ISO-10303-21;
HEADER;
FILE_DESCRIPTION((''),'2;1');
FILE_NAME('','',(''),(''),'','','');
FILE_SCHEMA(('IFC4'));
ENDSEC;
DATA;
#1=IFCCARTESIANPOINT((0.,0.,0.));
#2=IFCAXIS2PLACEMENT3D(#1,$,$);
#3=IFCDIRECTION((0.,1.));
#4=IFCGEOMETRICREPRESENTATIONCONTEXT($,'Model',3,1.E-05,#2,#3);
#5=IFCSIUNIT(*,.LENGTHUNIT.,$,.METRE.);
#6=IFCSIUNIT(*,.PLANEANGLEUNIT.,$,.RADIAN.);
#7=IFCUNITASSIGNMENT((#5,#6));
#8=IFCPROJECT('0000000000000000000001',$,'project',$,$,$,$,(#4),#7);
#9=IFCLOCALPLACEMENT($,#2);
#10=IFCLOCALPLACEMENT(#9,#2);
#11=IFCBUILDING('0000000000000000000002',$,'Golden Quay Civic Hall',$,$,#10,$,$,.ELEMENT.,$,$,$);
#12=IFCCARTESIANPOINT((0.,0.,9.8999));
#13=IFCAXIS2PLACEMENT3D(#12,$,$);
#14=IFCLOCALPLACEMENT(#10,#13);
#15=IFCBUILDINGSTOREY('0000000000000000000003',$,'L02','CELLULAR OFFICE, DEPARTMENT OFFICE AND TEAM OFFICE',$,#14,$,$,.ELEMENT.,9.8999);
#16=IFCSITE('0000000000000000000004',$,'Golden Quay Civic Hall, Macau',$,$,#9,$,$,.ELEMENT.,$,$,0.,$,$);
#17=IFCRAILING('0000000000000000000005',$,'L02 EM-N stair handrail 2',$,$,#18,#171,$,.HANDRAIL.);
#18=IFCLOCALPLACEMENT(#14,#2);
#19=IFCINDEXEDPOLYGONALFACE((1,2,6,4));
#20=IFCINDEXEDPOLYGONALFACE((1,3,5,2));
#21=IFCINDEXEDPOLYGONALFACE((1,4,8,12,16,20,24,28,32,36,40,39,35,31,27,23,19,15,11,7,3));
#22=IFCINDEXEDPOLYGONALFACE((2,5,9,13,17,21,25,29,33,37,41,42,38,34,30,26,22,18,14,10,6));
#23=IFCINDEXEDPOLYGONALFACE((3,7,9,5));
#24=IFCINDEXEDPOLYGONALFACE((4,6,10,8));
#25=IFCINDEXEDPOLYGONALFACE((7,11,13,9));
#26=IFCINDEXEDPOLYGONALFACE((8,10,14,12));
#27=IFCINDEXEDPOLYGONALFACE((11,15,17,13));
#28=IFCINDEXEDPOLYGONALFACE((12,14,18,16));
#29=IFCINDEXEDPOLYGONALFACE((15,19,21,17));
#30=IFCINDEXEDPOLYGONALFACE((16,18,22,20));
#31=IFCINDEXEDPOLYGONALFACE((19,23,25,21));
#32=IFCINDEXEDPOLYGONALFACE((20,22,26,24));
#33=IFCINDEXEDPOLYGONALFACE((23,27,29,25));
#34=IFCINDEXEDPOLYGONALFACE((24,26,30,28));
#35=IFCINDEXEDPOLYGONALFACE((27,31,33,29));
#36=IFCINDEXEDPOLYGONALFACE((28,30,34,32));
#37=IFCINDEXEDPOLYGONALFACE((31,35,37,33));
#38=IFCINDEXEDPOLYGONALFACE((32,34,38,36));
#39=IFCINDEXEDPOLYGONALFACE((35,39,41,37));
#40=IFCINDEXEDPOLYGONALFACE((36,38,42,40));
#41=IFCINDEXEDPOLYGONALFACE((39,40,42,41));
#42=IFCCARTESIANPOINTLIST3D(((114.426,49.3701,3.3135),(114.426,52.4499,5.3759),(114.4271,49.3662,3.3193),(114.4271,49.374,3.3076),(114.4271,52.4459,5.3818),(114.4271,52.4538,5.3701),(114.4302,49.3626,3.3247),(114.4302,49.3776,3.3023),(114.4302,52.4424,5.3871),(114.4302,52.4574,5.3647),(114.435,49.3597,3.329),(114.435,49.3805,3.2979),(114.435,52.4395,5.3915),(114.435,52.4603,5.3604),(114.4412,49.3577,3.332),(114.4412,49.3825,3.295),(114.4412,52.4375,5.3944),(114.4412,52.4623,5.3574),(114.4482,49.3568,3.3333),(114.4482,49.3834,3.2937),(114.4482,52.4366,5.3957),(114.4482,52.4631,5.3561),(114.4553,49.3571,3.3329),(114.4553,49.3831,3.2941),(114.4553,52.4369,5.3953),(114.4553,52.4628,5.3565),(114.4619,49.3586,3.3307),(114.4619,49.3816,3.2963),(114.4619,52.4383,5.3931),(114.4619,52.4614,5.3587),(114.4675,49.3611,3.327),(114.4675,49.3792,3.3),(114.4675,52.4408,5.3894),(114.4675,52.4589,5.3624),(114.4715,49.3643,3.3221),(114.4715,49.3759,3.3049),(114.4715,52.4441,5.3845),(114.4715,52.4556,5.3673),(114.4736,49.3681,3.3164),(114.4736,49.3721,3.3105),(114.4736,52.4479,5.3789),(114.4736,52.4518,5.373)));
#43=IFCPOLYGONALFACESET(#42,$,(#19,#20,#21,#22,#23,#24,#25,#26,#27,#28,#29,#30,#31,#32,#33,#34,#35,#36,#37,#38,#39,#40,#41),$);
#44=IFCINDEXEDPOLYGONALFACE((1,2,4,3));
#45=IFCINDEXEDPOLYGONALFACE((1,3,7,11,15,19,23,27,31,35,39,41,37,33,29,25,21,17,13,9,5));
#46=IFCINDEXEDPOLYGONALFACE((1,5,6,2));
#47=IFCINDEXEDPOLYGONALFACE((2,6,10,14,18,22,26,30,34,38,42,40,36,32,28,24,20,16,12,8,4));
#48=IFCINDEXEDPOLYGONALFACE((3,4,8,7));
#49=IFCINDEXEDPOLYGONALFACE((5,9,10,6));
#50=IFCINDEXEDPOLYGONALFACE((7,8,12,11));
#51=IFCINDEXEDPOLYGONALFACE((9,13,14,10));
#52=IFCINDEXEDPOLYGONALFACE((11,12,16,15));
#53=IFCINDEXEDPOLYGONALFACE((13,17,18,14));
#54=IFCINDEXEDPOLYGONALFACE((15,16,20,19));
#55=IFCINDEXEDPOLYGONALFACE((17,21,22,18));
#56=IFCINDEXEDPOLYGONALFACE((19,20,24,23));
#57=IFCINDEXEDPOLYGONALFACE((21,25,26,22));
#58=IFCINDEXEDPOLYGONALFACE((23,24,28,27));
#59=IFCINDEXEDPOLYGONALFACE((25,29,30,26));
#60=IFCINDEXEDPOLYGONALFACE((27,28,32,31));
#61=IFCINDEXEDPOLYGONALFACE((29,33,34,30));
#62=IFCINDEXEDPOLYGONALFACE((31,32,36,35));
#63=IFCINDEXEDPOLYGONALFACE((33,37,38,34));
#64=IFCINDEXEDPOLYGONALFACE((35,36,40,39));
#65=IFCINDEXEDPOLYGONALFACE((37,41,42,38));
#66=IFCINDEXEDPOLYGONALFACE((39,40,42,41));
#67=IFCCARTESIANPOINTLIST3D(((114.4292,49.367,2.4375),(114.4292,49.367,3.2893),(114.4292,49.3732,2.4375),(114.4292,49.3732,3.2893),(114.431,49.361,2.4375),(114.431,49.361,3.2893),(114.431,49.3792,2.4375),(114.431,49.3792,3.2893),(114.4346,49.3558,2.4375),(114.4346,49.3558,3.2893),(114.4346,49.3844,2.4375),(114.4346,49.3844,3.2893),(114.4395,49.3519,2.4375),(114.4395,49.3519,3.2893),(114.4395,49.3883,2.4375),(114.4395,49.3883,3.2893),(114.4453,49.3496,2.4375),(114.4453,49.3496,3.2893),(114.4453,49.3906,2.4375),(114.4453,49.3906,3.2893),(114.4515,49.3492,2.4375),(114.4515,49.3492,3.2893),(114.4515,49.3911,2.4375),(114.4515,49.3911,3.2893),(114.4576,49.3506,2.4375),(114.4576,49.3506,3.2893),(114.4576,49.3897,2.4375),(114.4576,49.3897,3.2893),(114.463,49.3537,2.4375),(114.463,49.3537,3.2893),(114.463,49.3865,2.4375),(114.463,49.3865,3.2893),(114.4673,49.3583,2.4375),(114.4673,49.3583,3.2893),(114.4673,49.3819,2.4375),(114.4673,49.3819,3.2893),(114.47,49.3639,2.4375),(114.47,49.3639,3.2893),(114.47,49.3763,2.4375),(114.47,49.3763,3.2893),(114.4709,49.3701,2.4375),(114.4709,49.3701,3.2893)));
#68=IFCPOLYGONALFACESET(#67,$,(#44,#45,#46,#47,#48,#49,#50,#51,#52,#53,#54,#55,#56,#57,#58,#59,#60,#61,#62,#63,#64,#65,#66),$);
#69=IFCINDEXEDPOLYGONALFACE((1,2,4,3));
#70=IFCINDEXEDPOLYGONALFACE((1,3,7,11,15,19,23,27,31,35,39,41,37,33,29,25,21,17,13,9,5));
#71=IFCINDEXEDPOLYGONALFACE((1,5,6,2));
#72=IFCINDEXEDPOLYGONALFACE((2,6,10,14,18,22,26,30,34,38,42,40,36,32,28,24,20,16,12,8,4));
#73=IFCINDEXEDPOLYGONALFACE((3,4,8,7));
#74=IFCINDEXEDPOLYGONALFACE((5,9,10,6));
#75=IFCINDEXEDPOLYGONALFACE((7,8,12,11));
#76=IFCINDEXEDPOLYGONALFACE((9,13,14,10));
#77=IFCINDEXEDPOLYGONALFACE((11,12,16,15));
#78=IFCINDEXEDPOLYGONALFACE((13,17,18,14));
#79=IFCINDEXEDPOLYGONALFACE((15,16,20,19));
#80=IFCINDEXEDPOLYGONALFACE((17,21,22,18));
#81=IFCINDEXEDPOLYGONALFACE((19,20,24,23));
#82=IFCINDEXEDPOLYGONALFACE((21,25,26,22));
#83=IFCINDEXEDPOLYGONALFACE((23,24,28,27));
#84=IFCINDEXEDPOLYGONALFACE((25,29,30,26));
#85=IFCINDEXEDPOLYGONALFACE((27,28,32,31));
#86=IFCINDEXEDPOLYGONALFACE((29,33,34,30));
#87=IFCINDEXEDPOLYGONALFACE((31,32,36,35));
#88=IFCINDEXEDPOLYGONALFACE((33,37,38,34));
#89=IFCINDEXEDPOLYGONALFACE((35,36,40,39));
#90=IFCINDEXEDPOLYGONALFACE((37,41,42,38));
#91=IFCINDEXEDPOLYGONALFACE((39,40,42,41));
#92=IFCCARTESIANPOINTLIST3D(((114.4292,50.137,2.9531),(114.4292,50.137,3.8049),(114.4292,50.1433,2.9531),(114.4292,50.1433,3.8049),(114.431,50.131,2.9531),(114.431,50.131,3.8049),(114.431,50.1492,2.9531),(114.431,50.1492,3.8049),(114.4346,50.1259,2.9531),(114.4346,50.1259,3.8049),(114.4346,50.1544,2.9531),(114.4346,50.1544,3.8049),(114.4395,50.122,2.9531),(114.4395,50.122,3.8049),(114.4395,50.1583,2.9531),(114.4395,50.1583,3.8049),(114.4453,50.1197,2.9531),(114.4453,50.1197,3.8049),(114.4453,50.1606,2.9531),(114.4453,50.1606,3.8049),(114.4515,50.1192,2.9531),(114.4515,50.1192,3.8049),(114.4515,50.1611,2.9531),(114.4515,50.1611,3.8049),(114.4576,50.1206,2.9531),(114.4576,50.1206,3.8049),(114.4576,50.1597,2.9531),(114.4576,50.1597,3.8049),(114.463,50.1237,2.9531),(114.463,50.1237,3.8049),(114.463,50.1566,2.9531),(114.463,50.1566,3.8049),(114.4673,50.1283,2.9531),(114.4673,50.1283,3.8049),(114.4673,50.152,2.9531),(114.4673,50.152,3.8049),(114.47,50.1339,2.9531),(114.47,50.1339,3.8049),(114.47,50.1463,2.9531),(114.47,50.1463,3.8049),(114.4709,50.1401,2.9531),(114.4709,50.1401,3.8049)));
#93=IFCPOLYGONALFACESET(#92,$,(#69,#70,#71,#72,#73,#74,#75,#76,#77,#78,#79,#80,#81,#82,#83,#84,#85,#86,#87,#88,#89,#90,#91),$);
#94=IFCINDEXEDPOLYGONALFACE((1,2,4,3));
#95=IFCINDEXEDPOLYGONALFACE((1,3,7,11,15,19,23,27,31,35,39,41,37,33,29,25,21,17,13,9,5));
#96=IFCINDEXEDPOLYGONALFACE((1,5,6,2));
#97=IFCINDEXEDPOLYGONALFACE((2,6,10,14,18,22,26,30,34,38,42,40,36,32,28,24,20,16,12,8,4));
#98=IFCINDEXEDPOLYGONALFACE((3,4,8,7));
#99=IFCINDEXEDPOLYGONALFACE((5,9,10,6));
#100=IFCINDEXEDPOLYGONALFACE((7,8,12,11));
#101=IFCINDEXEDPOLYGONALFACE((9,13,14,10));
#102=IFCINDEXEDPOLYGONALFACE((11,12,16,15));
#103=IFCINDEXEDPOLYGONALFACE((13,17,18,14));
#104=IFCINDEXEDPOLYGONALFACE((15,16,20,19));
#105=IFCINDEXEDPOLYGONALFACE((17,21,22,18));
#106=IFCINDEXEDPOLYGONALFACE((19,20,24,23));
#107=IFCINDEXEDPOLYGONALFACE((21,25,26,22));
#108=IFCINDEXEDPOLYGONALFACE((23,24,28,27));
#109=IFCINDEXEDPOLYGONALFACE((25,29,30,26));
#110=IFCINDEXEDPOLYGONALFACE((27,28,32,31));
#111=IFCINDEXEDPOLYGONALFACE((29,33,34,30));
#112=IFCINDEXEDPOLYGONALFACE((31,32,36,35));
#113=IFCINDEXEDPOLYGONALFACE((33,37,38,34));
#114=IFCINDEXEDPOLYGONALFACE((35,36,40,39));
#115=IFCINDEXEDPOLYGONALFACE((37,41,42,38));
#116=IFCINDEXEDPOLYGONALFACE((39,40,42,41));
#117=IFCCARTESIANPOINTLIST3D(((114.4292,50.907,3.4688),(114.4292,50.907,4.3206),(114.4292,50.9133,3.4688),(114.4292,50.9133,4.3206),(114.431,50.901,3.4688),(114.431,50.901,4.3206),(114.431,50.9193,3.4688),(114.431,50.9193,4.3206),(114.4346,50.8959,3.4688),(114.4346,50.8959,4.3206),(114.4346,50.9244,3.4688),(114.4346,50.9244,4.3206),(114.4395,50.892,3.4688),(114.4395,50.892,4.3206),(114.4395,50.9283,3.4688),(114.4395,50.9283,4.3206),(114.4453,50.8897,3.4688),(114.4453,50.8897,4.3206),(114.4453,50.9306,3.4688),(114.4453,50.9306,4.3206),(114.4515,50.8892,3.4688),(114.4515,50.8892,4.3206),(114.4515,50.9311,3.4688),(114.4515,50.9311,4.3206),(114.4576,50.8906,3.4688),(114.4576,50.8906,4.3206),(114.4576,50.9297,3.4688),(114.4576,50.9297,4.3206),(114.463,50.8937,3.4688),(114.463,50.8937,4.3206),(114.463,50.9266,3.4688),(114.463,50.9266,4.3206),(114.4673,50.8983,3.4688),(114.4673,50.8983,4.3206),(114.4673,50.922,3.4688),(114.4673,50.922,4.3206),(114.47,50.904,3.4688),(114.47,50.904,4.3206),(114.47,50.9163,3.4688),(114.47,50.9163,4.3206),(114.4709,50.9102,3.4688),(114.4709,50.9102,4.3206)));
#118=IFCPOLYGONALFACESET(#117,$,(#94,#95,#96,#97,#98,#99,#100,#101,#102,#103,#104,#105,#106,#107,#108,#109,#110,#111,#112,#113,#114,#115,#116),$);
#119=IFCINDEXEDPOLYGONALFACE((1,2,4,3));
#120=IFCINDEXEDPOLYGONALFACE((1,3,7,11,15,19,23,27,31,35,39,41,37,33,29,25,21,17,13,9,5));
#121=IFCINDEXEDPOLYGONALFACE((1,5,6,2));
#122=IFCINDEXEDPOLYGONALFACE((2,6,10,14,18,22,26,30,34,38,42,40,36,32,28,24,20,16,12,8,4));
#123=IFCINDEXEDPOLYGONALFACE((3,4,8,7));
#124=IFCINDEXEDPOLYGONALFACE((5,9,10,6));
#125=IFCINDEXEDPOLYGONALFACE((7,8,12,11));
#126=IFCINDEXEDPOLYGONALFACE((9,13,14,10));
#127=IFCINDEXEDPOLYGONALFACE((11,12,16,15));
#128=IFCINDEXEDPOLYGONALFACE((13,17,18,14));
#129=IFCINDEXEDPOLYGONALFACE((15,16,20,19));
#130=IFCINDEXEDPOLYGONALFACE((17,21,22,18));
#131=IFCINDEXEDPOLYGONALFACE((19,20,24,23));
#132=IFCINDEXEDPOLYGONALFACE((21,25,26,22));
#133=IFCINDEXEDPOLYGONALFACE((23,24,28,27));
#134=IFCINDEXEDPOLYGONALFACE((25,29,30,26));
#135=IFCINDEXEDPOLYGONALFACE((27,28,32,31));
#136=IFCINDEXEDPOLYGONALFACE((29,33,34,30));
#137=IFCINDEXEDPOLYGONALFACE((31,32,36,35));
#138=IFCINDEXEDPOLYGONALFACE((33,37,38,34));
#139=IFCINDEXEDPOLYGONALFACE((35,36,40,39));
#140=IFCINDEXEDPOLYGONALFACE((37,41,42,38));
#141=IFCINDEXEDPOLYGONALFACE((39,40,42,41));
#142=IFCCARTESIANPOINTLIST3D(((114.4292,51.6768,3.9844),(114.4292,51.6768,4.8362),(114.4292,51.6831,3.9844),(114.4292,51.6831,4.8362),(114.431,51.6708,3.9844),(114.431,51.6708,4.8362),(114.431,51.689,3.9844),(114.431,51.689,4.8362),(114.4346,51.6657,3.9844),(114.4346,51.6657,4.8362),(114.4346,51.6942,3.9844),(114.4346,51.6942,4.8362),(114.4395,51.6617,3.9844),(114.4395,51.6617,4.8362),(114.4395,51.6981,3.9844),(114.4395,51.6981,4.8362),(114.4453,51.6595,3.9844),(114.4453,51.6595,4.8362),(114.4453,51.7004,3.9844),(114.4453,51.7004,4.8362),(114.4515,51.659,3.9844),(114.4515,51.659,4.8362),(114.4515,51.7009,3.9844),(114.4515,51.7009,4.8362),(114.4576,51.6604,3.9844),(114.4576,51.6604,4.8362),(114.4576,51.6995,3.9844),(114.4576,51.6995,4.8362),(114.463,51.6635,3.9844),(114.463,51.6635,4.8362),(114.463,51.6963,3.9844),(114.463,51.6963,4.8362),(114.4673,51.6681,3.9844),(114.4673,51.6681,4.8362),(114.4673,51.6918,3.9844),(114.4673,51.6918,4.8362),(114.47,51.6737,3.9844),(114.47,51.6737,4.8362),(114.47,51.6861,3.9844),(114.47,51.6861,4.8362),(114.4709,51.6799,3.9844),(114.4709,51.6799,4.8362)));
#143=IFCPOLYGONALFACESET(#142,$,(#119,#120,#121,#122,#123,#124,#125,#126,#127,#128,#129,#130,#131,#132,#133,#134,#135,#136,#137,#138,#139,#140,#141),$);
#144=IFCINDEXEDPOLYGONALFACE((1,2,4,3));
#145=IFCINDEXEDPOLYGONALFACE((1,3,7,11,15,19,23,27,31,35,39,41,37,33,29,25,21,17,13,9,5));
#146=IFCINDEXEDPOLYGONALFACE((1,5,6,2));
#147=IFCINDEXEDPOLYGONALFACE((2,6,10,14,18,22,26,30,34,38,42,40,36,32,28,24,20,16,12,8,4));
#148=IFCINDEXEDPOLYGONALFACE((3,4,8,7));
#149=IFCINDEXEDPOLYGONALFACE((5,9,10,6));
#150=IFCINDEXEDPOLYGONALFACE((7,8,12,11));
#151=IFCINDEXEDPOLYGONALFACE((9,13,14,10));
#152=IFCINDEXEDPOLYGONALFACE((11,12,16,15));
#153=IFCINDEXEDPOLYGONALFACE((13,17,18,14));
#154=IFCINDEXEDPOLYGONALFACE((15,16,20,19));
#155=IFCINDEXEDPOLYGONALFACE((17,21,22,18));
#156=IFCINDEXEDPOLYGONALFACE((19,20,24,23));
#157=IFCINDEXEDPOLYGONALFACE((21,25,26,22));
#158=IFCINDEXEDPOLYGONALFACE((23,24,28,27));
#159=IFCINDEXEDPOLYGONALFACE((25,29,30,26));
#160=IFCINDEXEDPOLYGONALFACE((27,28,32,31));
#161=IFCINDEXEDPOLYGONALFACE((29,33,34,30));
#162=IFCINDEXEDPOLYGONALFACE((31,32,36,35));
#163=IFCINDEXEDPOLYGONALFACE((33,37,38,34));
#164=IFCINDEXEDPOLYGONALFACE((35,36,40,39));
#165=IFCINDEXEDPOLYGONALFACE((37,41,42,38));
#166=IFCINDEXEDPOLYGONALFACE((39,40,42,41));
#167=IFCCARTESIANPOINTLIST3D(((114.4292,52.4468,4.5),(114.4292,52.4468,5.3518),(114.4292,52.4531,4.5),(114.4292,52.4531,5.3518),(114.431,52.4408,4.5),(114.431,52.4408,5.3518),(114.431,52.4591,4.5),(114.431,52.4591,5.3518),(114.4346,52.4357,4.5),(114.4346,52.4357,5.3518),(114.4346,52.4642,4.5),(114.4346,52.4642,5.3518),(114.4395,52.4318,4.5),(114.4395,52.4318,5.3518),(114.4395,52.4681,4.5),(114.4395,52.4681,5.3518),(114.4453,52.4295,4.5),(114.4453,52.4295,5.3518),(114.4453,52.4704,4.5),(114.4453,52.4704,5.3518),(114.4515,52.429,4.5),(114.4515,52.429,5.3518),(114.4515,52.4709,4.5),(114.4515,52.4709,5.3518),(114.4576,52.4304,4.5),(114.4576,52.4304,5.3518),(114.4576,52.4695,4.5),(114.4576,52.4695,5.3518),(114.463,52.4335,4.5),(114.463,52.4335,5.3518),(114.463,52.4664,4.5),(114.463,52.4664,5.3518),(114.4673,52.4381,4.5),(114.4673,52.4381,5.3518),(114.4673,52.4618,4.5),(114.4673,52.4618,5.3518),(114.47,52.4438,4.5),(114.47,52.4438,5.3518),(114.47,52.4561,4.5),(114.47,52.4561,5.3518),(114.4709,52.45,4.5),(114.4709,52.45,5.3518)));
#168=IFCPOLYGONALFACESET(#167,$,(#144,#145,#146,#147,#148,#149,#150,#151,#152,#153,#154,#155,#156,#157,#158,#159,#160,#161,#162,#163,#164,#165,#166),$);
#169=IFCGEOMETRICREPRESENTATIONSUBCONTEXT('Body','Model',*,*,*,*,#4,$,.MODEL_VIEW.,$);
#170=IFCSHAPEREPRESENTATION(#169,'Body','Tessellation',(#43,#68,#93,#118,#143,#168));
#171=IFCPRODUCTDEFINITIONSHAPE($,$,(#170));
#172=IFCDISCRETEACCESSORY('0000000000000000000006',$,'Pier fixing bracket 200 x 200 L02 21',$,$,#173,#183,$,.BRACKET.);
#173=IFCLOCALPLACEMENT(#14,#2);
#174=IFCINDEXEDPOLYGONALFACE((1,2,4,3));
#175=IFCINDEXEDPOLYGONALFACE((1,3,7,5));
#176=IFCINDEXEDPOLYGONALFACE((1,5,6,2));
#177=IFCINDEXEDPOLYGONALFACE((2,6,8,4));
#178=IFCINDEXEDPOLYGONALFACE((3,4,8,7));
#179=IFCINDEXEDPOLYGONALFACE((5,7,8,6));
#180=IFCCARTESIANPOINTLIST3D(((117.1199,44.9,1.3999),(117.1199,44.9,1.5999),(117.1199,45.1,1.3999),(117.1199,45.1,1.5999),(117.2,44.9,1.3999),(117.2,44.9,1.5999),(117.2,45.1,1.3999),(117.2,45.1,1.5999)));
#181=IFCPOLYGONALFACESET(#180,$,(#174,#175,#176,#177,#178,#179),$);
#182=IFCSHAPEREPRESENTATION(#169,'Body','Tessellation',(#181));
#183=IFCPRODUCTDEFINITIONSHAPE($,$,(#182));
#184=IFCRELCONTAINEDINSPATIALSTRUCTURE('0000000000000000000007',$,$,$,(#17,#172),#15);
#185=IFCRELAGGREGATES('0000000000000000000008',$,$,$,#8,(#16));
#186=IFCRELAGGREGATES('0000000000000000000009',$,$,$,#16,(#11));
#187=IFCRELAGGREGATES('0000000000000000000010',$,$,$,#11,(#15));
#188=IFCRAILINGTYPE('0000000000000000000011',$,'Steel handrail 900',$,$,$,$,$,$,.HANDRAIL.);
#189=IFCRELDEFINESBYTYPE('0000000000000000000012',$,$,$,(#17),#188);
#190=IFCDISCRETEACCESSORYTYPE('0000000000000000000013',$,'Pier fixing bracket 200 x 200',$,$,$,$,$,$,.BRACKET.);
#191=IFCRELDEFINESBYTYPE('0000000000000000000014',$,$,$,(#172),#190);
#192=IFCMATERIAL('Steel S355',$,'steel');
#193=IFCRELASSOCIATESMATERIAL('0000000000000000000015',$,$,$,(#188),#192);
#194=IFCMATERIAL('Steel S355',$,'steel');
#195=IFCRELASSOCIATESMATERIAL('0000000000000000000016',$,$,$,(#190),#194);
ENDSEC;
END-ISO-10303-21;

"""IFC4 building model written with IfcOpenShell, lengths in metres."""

from ifc_helpers import new_model, si_unit, direction, frame, origin, origin_2d, place, context, subcontext, project, spatial, rectangle, circle, extrude, material, type_object, element, save


model = new_model("IFC4")

# Units and contexts
model_context = context("Model", 3, precision=1e-05, world=origin(), true_north=direction((0.0, 1.0)))
body_context = subcontext(model_context, "Body", "Model", "MODEL_VIEW")
ifc_project = project(units=[si_unit("LENGTHUNIT", "METRE"), si_unit("PLANEANGLEUNIT", "RADIAN")], contexts=[model_context])

# Site, building, storey
site_placement = place(None, origin())
site = spatial("IfcSite", under=ifc_project, at=site_placement, Name="Golden Quay Civic Hall, Macau", CompositionType="ELEMENT", RefElevation=0.0)
building_placement = place(site_placement, origin())
building = spatial("IfcBuilding", under=site, at=building_placement, Name="Golden Quay Civic Hall", CompositionType="ELEMENT")
storey_placement = place(building_placement, frame((0.0, 0.0, 9.8999)))
storey = spatial("IfcBuildingStorey", under=building, at=storey_placement, Name="L02", Description="CELLULAR OFFICE, DEPARTMENT OFFICE AND TEAM OFFICE", CompositionType="ELEMENT", Elevation=9.8999)

# Railing
ifc_material_1 = material(Name="Steel S355", Category="steel")
railing_type_1 = type_object("IfcRailingType", Name="Steel handrail 900", PredefinedType="HANDRAIL", material=ifc_material_1)
railing_1_placement = place(storey_placement, frame((114.45, 49.3701, 2.4375)))
element("IfcRailing", 1, at=railing_1_placement, inside=storey, type_object=railing_type_1, Name="L02 EM-N stair handrail 2", PredefinedType="HANDRAIL", context=body_context, shape_type="SweptSolid", body=[
    extrude(circle(Radius=0.0239, at=origin_2d()), frame((0.0, 0.0, 0.876), z_axis=(0.0, 0.830893, 0.556432), x_axis=(-1.0, 0.0, 0.0)), (0.0, 0.0, 1.0), 3.7065),
    extrude(circle(Radius=0.021, at=origin_2d()), origin(), (0.0, 0.0, 1.0), 0.8518),
    extrude(circle(Radius=0.021, at=origin_2d()), frame((0.0, 0.77, 0.5156)), (0.0, 0.0, 1.0), 0.8518),
    extrude(circle(Radius=0.021, at=origin_2d()), frame((0.0, 1.54, 1.0312)), (0.0, 0.0, 1.0), 0.8518),
    extrude(circle(Radius=0.021, at=origin_2d()), frame((0.0, 2.3098, 1.5469)), (0.0, 0.0, 1.0), 0.8518),
    extrude(circle(Radius=0.021, at=origin_2d()), frame((0.0, 3.0798, 2.0625)), (0.0, 0.0, 1.0), 0.8518),
])

# Discrete accessory
ifc_material_2 = material(Name="Steel S355", Category="steel")
discrete_accessory_type = type_object("IfcDiscreteAccessoryType", Name="Pier fixing bracket 200 x 200", PredefinedType="BRACKET", material=ifc_material_2)
discrete_accessory_placement = place(storey_placement, frame((117.1599, 45.0, 1.3999), z_axis=(0.0, 0.0, 1.0), x_axis=(0.0, 1.0, 0.0)))
element("IfcDiscreteAccessory", 2, at=discrete_accessory_placement, inside=storey, type_object=discrete_accessory_type, Name="Pier fixing bracket 200 x 200 L02 21", PredefinedType="BRACKET", context=body_context, shape_type="SweptSolid", body=[
    extrude(rectangle(XDim=0.2, YDim=0.0801, at=origin_2d()), origin(), (0.0, 0.0, 1.0), 0.2),
])

save(model, "model.ifc")
